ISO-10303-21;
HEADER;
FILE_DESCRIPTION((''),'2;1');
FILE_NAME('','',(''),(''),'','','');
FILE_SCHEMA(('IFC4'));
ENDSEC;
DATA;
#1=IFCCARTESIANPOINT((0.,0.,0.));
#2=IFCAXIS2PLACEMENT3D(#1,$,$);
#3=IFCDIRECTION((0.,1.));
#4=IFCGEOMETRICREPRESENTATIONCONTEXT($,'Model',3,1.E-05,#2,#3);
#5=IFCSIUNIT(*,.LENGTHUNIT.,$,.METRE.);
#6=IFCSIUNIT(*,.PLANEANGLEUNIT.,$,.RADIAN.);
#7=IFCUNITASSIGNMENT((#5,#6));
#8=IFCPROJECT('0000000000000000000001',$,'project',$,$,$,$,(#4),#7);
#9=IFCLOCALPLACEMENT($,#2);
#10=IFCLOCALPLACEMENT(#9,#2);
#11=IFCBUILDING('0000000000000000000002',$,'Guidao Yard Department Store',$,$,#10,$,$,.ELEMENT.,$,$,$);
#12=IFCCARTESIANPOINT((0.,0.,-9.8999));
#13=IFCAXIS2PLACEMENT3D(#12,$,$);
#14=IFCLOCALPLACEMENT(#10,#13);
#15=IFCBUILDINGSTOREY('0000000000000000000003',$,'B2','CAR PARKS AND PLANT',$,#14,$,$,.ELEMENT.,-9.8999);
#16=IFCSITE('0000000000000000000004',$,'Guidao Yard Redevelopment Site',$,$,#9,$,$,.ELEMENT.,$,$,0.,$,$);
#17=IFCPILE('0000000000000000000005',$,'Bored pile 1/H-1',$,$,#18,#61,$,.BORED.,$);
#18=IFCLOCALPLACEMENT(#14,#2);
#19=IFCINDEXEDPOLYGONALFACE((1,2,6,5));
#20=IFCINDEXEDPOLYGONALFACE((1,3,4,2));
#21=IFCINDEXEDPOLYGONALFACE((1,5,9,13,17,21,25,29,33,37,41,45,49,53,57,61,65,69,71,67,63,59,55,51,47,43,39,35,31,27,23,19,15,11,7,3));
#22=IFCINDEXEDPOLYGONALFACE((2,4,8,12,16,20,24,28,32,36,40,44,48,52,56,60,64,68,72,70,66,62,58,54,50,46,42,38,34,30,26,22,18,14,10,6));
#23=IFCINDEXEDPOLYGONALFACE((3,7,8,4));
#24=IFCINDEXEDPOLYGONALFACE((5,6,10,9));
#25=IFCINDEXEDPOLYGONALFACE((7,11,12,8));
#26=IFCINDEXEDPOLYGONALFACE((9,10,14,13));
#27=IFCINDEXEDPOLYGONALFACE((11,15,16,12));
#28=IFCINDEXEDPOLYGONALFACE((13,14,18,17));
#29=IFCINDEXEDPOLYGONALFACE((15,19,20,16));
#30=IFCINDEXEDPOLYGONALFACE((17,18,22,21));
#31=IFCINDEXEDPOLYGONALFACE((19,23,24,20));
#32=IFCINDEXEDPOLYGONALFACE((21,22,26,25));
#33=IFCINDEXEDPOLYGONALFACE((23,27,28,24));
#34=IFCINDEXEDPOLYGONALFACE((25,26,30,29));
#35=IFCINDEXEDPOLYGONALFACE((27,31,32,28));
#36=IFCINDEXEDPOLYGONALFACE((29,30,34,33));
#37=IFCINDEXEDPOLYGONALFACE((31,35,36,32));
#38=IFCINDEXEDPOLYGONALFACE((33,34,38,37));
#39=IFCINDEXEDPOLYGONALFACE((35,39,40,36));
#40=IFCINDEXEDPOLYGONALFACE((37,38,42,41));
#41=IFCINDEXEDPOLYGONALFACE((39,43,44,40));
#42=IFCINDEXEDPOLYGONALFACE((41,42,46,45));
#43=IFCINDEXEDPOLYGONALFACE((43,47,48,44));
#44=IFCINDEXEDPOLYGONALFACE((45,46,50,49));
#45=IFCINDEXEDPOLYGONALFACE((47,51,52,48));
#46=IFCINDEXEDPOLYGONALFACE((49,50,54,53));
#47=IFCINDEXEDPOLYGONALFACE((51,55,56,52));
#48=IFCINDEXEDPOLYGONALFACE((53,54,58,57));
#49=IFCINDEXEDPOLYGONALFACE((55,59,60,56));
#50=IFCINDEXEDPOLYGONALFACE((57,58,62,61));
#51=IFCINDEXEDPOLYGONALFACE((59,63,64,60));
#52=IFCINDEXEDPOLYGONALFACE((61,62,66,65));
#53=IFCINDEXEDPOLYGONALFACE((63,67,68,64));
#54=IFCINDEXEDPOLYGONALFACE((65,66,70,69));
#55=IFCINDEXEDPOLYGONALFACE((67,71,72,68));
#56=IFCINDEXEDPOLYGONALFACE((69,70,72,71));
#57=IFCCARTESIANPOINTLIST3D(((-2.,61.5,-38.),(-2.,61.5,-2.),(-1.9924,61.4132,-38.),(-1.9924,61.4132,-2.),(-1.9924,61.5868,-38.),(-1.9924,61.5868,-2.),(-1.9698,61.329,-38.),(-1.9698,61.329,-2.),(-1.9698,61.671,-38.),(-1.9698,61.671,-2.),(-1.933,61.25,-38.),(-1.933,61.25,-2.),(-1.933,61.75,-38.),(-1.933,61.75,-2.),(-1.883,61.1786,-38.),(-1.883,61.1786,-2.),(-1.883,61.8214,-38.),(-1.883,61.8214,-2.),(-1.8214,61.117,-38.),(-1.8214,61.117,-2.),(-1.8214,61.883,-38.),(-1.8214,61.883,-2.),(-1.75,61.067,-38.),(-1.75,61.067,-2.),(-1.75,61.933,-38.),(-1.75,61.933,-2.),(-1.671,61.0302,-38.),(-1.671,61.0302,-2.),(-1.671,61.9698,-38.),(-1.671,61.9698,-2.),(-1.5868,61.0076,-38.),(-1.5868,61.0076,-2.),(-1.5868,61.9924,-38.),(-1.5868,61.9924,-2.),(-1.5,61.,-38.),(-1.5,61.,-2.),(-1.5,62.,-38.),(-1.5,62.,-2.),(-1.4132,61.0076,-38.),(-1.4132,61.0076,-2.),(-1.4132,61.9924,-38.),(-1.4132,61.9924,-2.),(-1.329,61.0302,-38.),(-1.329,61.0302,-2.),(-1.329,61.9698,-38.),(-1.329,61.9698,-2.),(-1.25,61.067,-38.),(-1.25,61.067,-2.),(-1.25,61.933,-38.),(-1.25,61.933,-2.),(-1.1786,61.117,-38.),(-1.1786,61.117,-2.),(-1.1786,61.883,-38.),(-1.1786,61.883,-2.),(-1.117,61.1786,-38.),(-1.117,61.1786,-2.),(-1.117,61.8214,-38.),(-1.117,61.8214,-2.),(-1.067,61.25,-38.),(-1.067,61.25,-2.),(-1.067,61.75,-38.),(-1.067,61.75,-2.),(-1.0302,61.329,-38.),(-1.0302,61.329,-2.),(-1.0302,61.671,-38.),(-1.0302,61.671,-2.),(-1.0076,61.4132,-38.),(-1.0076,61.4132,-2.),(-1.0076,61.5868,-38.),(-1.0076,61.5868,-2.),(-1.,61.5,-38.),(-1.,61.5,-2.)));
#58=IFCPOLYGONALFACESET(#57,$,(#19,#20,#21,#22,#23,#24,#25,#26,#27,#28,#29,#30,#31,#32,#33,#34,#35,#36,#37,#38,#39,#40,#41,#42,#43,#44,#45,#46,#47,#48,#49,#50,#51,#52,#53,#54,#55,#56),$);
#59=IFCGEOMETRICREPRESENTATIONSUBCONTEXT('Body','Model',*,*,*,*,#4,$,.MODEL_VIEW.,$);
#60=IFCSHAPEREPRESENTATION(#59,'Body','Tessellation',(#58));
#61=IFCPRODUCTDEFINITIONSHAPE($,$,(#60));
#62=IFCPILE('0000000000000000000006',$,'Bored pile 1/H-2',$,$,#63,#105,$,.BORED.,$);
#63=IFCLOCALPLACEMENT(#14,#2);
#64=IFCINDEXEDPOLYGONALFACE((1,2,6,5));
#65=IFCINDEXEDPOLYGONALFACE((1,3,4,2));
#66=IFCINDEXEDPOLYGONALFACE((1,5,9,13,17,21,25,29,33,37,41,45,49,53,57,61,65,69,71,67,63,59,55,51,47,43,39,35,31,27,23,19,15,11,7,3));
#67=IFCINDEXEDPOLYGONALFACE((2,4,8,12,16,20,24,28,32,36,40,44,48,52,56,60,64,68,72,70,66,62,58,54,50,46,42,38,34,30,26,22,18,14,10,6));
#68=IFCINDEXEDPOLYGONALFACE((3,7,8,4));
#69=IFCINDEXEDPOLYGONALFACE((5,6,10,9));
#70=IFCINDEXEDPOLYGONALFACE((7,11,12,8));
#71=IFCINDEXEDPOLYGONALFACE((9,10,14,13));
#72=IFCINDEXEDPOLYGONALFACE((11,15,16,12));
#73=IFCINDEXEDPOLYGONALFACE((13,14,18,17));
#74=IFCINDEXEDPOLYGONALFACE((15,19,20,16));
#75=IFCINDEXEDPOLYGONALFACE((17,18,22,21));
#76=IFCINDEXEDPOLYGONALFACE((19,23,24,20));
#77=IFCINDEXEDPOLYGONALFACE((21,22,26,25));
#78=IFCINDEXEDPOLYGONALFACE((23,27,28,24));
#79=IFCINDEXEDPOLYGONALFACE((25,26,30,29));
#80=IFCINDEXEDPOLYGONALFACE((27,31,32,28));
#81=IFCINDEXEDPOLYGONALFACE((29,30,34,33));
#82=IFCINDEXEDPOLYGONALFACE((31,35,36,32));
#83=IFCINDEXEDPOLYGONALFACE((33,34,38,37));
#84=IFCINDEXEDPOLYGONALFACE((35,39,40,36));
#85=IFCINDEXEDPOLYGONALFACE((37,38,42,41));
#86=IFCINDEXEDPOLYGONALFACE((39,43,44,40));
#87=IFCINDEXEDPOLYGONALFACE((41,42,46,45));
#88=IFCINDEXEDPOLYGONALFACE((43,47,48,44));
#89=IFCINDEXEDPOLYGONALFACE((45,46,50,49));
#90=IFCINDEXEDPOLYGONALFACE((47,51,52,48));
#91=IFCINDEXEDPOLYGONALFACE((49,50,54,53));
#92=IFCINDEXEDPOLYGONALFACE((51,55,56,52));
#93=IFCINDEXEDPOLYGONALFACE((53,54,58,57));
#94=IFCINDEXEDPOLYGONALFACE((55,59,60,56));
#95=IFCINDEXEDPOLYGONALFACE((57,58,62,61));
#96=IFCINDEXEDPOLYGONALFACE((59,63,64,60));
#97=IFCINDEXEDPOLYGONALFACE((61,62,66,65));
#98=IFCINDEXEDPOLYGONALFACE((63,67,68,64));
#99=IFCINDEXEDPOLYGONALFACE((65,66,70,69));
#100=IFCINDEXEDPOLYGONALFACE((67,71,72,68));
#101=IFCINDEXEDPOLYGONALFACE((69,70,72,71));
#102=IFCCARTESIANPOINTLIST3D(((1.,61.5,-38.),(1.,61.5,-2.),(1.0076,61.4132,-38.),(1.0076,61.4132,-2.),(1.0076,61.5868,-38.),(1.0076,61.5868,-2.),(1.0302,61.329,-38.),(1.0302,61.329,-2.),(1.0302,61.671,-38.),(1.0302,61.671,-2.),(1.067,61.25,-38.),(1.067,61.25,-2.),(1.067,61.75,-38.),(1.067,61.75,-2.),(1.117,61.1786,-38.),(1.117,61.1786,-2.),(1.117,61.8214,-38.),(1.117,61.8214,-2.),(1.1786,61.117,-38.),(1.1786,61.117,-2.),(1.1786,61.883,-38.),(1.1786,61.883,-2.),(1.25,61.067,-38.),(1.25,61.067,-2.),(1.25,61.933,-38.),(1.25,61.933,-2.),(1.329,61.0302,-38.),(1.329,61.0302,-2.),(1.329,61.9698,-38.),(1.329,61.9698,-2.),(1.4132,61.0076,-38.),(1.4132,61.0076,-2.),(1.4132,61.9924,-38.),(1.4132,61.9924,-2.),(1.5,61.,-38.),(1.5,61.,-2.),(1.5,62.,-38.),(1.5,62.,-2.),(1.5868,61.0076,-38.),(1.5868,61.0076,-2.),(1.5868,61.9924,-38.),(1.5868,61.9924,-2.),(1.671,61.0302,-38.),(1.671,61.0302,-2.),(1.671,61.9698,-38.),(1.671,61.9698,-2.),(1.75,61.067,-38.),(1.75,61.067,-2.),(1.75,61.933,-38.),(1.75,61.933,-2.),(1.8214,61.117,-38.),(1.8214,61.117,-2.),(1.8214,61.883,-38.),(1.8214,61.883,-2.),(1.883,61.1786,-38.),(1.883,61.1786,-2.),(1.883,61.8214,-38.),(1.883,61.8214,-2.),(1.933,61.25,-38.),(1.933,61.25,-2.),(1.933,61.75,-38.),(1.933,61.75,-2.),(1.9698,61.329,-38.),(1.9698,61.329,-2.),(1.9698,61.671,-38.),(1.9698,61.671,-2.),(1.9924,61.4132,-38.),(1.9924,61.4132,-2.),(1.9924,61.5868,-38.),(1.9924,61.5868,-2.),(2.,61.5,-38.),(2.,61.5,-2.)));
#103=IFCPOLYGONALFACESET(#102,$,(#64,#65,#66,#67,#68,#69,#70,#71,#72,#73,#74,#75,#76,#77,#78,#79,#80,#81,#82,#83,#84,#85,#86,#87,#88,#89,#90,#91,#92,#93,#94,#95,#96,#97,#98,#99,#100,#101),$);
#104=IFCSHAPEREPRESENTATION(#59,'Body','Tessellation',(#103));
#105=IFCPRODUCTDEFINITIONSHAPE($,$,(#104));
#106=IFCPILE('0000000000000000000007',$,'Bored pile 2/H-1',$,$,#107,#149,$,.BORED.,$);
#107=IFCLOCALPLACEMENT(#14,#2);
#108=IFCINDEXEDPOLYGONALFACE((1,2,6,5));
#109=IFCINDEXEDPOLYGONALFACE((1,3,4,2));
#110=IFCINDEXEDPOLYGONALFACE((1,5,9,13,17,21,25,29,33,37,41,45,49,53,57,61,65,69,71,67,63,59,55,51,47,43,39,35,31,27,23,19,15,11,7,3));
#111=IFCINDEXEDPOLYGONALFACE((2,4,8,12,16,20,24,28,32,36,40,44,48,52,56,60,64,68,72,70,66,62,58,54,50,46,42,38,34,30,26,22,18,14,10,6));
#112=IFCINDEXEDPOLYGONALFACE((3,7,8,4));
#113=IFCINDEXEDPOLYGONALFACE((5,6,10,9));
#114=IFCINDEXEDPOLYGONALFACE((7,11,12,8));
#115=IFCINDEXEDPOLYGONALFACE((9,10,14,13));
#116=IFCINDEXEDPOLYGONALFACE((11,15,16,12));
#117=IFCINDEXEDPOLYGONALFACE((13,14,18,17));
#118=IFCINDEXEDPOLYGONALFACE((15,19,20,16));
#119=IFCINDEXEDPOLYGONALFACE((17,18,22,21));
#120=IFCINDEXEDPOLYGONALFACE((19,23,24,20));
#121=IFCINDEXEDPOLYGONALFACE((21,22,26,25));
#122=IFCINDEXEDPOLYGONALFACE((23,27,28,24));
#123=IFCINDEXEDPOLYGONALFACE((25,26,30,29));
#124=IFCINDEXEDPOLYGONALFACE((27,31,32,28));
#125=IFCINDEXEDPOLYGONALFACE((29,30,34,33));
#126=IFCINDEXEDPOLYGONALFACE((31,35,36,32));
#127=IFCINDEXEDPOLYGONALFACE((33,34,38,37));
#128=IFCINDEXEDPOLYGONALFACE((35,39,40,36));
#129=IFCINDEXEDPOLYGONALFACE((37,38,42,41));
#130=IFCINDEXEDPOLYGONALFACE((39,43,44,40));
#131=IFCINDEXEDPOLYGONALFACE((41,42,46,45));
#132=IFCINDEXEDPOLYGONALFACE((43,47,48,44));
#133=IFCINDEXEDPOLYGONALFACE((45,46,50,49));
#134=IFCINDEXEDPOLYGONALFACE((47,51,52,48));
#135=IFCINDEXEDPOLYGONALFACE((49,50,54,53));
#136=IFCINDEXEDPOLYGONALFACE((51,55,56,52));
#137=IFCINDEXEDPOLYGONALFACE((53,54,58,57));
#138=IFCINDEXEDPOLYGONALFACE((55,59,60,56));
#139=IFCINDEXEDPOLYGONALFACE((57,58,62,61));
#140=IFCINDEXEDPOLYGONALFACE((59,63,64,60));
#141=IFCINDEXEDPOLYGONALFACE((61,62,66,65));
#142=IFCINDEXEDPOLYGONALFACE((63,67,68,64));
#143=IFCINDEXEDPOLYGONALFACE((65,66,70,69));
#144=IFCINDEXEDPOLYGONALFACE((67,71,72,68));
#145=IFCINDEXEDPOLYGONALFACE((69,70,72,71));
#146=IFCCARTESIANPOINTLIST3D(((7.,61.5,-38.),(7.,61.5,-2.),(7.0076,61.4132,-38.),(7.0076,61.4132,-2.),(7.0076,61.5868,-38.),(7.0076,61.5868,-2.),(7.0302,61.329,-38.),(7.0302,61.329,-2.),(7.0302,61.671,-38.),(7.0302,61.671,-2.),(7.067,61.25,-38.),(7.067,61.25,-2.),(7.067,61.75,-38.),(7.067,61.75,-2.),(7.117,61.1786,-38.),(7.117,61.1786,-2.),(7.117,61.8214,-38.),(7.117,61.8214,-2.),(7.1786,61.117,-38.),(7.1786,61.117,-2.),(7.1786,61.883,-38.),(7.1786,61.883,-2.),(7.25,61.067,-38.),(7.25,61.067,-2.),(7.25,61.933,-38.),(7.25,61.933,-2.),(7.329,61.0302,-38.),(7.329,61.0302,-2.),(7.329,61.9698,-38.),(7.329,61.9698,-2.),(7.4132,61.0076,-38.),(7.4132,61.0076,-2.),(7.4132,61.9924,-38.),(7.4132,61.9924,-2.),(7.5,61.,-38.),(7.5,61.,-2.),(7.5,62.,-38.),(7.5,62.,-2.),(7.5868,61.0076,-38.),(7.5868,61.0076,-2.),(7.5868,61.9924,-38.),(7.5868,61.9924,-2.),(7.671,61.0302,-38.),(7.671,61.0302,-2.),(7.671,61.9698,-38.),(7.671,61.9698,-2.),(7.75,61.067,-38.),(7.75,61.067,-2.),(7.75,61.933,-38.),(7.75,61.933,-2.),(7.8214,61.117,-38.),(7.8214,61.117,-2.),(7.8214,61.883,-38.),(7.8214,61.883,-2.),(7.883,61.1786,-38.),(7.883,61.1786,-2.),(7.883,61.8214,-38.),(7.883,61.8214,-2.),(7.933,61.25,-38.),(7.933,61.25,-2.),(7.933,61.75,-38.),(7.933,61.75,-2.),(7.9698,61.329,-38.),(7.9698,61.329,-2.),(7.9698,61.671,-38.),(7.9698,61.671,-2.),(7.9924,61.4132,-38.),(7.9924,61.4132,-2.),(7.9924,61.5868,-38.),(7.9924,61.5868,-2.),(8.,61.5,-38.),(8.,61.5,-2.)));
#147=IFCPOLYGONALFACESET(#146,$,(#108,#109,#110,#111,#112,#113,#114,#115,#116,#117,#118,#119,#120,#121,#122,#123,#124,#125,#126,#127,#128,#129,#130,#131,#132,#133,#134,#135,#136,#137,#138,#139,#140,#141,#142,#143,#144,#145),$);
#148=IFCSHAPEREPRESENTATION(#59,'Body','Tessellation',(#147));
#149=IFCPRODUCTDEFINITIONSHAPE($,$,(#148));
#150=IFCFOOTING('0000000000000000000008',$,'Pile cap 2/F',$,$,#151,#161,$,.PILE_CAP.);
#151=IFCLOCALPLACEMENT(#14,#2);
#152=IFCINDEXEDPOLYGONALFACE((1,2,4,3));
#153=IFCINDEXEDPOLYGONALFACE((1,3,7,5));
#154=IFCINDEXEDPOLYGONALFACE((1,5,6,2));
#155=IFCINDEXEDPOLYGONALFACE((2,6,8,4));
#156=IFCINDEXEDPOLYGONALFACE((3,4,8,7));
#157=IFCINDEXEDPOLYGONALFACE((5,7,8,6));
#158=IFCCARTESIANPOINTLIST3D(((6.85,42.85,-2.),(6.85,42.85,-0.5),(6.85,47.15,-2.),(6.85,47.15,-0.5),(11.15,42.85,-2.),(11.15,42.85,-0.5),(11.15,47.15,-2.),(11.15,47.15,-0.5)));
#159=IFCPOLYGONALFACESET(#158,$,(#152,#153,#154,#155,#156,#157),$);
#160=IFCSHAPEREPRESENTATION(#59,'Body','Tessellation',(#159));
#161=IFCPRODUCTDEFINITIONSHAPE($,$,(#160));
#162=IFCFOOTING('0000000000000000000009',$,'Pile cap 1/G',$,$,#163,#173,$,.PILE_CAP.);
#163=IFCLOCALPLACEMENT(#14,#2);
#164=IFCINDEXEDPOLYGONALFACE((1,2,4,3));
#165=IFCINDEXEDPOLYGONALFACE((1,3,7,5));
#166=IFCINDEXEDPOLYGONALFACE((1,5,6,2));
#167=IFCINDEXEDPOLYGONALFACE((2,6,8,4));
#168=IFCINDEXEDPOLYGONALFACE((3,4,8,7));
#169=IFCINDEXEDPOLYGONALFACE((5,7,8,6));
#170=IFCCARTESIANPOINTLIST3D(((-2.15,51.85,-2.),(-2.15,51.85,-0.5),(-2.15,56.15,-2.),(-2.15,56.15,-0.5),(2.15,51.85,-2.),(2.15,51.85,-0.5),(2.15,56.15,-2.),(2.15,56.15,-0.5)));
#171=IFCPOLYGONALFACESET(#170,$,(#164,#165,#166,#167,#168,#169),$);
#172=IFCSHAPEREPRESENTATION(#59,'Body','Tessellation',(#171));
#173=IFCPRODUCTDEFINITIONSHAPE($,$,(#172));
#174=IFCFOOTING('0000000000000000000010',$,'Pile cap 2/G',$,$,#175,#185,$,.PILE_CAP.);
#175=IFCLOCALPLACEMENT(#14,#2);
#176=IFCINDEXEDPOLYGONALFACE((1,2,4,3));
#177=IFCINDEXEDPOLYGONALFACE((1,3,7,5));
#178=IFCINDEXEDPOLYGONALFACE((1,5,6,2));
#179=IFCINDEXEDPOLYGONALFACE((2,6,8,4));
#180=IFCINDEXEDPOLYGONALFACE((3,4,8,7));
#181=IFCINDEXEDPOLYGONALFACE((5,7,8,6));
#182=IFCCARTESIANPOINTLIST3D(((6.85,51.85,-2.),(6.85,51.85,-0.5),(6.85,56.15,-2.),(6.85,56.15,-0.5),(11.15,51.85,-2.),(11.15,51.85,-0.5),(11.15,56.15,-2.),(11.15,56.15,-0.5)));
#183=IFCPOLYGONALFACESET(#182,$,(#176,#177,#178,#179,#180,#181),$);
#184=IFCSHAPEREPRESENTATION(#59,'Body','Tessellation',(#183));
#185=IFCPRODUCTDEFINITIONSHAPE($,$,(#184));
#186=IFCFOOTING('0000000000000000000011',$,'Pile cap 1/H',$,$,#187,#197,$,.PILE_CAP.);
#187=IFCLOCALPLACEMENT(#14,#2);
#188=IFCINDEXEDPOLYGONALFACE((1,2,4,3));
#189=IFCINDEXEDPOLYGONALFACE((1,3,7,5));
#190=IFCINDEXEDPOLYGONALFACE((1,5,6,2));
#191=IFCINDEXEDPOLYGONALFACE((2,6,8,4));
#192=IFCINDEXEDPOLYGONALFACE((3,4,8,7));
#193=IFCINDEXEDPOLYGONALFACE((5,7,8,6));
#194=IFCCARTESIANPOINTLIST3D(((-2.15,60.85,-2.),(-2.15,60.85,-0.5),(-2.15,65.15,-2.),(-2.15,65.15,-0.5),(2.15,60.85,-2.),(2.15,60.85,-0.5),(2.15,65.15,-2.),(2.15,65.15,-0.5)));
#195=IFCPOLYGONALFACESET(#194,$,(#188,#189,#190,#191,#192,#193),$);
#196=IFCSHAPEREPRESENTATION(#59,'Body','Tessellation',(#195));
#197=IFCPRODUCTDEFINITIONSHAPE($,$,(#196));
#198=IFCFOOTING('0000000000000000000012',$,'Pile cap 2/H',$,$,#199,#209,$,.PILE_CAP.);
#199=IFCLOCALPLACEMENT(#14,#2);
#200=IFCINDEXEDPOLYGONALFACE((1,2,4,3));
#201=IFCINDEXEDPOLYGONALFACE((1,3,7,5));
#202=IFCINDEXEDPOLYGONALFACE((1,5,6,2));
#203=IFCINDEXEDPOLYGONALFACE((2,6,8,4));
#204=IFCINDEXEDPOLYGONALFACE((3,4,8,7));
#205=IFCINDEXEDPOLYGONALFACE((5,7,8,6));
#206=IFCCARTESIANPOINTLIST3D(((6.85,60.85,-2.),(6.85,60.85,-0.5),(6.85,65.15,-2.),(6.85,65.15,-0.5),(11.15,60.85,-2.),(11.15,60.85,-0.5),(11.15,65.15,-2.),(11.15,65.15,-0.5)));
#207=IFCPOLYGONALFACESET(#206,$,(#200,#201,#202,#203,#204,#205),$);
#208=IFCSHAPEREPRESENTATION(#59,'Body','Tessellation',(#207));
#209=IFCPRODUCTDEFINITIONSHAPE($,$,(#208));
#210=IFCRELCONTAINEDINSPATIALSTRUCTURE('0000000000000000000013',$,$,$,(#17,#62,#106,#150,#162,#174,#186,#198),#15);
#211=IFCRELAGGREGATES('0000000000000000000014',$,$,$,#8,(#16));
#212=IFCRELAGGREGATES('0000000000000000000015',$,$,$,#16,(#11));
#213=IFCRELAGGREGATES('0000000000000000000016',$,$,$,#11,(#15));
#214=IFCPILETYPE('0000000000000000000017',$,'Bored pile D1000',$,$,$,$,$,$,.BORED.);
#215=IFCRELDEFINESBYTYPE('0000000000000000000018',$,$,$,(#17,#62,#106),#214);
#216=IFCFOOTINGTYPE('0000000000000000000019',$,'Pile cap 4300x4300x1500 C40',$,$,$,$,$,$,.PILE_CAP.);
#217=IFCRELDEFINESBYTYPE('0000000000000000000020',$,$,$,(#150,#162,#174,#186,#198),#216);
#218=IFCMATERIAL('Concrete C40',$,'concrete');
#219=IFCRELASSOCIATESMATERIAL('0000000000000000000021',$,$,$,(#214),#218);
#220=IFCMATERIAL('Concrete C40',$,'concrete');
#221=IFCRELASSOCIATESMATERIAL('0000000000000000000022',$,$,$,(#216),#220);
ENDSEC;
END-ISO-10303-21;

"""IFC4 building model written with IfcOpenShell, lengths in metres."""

from ifc_helpers import new_model, si_unit, direction, frame, origin, origin_2d, place, context, subcontext, project, spatial, rectangle, circle, extrude, material, material_profile, profile_set, type_object, element, save


model = new_model("IFC4")

# Units and contexts
model_context = context("Model", 3, precision=1e-05, world=origin(), true_north=direction((0.0, 1.0)))
body_context = subcontext(model_context, "Body", "Model", "MODEL_VIEW")
ifc_project = project(units=[si_unit("LENGTHUNIT", "METRE"), si_unit("PLANEANGLEUNIT", "RADIAN")], contexts=[model_context])

# Site, building, storey
site_placement = place(None, origin())
site = spatial("IfcSite", under=ifc_project, at=site_placement, Name="Guidao Yard Redevelopment Site", CompositionType="ELEMENT", RefElevation=0.0)
building_placement = place(site_placement, origin())
building = spatial("IfcBuilding", under=site, at=building_placement, Name="Guidao Yard Department Store", CompositionType="ELEMENT")
storey_placement = place(building_placement, frame((0.0, 0.0, -9.8999)))
storey = spatial("IfcBuildingStorey", under=building, at=storey_placement, Name="B2", Description="CAR PARKS AND PLANT", CompositionType="ELEMENT", Elevation=-9.8999)

# Piles
ifc_material_1 = material(Name="Concrete C40", Category="concrete")
ifc_material_profile_1 = material_profile(ifc_material_1, circle(Radius=0.5, at=origin_2d()), Name="Bored pile D1000")
ifc_profile_set_1 = profile_set([ifc_material_profile_1], Name="Concrete C40")
pile_type = type_object("IfcPileType", Name="Bored pile D1000", PredefinedType="BORED", material=ifc_profile_set_1)
for number, where, z_axis, x_axis, name in (
    (1, (-1.5, 61.5, -2.0), (0.0, 0.0, -1.0), (1.0, 0.0, 0.0), "Bored pile 1/H-1"),
    (2, (1.5, 61.5, -2.0), (0.0, 0.0, -1.0), (1.0, 0.0, 0.0), "Bored pile 1/H-2"),
    (3, (7.5, 61.5, -2.0), (0.0, 0.0, -1.0), (1.0, 0.0, 0.0), "Bored pile 2/H-1"),
):
    element("IfcPile", number, at=place(storey_placement, frame(where, z_axis=z_axis, x_axis=x_axis)), inside=storey, type_object=pile_type, Name=name, PredefinedType="BORED", context=body_context, shape_type="SweptSolid", body=[
        extrude(circle(Radius=0.5, at=origin_2d()), origin(), (0.0, 0.0, 1.0), 36.0),
    ])

# Footings
ifc_material_2 = material(Name="Concrete C40", Category="concrete")
footing_type = type_object("IfcFootingType", Name="Pile cap 4300x4300x1500 C40", PredefinedType="PILE_CAP", material=ifc_material_2)
for number, where, z_axis, x_axis, name in (
    (4, (9.0, 45.0, -2.0), (0.0, 0.0, 1.0), (1.0, 0.0, 0.0), "Pile cap 2/F"),
    (5, (0.0, 54.0, -2.0), (0.0, 0.0, 1.0), (1.0, 0.0, 0.0), "Pile cap 1/G"),
    (6, (9.0, 54.0, -2.0), (0.0, 0.0, 1.0), (1.0, 0.0, 0.0), "Pile cap 2/G"),
    (7, (0.0, 63.0, -2.0), (0.0, 0.0, 1.0), (1.0, 0.0, 0.0), "Pile cap 1/H"),
    (8, (9.0, 63.0, -2.0), (0.0, 0.0, 1.0), (1.0, 0.0, 0.0), "Pile cap 2/H"),
):
    element("IfcFooting", number, at=place(storey_placement, frame(where, z_axis=z_axis, x_axis=x_axis)), inside=storey, type_object=footing_type, Name=name, PredefinedType="PILE_CAP", context=body_context, shape_type="SweptSolid", body=[
        extrude(rectangle(XDim=4.3, YDim=4.3, at=origin_2d()), origin(), (0.0, 0.0, 1.0), 1.5),
    ])

save(model, "model.ifc")
